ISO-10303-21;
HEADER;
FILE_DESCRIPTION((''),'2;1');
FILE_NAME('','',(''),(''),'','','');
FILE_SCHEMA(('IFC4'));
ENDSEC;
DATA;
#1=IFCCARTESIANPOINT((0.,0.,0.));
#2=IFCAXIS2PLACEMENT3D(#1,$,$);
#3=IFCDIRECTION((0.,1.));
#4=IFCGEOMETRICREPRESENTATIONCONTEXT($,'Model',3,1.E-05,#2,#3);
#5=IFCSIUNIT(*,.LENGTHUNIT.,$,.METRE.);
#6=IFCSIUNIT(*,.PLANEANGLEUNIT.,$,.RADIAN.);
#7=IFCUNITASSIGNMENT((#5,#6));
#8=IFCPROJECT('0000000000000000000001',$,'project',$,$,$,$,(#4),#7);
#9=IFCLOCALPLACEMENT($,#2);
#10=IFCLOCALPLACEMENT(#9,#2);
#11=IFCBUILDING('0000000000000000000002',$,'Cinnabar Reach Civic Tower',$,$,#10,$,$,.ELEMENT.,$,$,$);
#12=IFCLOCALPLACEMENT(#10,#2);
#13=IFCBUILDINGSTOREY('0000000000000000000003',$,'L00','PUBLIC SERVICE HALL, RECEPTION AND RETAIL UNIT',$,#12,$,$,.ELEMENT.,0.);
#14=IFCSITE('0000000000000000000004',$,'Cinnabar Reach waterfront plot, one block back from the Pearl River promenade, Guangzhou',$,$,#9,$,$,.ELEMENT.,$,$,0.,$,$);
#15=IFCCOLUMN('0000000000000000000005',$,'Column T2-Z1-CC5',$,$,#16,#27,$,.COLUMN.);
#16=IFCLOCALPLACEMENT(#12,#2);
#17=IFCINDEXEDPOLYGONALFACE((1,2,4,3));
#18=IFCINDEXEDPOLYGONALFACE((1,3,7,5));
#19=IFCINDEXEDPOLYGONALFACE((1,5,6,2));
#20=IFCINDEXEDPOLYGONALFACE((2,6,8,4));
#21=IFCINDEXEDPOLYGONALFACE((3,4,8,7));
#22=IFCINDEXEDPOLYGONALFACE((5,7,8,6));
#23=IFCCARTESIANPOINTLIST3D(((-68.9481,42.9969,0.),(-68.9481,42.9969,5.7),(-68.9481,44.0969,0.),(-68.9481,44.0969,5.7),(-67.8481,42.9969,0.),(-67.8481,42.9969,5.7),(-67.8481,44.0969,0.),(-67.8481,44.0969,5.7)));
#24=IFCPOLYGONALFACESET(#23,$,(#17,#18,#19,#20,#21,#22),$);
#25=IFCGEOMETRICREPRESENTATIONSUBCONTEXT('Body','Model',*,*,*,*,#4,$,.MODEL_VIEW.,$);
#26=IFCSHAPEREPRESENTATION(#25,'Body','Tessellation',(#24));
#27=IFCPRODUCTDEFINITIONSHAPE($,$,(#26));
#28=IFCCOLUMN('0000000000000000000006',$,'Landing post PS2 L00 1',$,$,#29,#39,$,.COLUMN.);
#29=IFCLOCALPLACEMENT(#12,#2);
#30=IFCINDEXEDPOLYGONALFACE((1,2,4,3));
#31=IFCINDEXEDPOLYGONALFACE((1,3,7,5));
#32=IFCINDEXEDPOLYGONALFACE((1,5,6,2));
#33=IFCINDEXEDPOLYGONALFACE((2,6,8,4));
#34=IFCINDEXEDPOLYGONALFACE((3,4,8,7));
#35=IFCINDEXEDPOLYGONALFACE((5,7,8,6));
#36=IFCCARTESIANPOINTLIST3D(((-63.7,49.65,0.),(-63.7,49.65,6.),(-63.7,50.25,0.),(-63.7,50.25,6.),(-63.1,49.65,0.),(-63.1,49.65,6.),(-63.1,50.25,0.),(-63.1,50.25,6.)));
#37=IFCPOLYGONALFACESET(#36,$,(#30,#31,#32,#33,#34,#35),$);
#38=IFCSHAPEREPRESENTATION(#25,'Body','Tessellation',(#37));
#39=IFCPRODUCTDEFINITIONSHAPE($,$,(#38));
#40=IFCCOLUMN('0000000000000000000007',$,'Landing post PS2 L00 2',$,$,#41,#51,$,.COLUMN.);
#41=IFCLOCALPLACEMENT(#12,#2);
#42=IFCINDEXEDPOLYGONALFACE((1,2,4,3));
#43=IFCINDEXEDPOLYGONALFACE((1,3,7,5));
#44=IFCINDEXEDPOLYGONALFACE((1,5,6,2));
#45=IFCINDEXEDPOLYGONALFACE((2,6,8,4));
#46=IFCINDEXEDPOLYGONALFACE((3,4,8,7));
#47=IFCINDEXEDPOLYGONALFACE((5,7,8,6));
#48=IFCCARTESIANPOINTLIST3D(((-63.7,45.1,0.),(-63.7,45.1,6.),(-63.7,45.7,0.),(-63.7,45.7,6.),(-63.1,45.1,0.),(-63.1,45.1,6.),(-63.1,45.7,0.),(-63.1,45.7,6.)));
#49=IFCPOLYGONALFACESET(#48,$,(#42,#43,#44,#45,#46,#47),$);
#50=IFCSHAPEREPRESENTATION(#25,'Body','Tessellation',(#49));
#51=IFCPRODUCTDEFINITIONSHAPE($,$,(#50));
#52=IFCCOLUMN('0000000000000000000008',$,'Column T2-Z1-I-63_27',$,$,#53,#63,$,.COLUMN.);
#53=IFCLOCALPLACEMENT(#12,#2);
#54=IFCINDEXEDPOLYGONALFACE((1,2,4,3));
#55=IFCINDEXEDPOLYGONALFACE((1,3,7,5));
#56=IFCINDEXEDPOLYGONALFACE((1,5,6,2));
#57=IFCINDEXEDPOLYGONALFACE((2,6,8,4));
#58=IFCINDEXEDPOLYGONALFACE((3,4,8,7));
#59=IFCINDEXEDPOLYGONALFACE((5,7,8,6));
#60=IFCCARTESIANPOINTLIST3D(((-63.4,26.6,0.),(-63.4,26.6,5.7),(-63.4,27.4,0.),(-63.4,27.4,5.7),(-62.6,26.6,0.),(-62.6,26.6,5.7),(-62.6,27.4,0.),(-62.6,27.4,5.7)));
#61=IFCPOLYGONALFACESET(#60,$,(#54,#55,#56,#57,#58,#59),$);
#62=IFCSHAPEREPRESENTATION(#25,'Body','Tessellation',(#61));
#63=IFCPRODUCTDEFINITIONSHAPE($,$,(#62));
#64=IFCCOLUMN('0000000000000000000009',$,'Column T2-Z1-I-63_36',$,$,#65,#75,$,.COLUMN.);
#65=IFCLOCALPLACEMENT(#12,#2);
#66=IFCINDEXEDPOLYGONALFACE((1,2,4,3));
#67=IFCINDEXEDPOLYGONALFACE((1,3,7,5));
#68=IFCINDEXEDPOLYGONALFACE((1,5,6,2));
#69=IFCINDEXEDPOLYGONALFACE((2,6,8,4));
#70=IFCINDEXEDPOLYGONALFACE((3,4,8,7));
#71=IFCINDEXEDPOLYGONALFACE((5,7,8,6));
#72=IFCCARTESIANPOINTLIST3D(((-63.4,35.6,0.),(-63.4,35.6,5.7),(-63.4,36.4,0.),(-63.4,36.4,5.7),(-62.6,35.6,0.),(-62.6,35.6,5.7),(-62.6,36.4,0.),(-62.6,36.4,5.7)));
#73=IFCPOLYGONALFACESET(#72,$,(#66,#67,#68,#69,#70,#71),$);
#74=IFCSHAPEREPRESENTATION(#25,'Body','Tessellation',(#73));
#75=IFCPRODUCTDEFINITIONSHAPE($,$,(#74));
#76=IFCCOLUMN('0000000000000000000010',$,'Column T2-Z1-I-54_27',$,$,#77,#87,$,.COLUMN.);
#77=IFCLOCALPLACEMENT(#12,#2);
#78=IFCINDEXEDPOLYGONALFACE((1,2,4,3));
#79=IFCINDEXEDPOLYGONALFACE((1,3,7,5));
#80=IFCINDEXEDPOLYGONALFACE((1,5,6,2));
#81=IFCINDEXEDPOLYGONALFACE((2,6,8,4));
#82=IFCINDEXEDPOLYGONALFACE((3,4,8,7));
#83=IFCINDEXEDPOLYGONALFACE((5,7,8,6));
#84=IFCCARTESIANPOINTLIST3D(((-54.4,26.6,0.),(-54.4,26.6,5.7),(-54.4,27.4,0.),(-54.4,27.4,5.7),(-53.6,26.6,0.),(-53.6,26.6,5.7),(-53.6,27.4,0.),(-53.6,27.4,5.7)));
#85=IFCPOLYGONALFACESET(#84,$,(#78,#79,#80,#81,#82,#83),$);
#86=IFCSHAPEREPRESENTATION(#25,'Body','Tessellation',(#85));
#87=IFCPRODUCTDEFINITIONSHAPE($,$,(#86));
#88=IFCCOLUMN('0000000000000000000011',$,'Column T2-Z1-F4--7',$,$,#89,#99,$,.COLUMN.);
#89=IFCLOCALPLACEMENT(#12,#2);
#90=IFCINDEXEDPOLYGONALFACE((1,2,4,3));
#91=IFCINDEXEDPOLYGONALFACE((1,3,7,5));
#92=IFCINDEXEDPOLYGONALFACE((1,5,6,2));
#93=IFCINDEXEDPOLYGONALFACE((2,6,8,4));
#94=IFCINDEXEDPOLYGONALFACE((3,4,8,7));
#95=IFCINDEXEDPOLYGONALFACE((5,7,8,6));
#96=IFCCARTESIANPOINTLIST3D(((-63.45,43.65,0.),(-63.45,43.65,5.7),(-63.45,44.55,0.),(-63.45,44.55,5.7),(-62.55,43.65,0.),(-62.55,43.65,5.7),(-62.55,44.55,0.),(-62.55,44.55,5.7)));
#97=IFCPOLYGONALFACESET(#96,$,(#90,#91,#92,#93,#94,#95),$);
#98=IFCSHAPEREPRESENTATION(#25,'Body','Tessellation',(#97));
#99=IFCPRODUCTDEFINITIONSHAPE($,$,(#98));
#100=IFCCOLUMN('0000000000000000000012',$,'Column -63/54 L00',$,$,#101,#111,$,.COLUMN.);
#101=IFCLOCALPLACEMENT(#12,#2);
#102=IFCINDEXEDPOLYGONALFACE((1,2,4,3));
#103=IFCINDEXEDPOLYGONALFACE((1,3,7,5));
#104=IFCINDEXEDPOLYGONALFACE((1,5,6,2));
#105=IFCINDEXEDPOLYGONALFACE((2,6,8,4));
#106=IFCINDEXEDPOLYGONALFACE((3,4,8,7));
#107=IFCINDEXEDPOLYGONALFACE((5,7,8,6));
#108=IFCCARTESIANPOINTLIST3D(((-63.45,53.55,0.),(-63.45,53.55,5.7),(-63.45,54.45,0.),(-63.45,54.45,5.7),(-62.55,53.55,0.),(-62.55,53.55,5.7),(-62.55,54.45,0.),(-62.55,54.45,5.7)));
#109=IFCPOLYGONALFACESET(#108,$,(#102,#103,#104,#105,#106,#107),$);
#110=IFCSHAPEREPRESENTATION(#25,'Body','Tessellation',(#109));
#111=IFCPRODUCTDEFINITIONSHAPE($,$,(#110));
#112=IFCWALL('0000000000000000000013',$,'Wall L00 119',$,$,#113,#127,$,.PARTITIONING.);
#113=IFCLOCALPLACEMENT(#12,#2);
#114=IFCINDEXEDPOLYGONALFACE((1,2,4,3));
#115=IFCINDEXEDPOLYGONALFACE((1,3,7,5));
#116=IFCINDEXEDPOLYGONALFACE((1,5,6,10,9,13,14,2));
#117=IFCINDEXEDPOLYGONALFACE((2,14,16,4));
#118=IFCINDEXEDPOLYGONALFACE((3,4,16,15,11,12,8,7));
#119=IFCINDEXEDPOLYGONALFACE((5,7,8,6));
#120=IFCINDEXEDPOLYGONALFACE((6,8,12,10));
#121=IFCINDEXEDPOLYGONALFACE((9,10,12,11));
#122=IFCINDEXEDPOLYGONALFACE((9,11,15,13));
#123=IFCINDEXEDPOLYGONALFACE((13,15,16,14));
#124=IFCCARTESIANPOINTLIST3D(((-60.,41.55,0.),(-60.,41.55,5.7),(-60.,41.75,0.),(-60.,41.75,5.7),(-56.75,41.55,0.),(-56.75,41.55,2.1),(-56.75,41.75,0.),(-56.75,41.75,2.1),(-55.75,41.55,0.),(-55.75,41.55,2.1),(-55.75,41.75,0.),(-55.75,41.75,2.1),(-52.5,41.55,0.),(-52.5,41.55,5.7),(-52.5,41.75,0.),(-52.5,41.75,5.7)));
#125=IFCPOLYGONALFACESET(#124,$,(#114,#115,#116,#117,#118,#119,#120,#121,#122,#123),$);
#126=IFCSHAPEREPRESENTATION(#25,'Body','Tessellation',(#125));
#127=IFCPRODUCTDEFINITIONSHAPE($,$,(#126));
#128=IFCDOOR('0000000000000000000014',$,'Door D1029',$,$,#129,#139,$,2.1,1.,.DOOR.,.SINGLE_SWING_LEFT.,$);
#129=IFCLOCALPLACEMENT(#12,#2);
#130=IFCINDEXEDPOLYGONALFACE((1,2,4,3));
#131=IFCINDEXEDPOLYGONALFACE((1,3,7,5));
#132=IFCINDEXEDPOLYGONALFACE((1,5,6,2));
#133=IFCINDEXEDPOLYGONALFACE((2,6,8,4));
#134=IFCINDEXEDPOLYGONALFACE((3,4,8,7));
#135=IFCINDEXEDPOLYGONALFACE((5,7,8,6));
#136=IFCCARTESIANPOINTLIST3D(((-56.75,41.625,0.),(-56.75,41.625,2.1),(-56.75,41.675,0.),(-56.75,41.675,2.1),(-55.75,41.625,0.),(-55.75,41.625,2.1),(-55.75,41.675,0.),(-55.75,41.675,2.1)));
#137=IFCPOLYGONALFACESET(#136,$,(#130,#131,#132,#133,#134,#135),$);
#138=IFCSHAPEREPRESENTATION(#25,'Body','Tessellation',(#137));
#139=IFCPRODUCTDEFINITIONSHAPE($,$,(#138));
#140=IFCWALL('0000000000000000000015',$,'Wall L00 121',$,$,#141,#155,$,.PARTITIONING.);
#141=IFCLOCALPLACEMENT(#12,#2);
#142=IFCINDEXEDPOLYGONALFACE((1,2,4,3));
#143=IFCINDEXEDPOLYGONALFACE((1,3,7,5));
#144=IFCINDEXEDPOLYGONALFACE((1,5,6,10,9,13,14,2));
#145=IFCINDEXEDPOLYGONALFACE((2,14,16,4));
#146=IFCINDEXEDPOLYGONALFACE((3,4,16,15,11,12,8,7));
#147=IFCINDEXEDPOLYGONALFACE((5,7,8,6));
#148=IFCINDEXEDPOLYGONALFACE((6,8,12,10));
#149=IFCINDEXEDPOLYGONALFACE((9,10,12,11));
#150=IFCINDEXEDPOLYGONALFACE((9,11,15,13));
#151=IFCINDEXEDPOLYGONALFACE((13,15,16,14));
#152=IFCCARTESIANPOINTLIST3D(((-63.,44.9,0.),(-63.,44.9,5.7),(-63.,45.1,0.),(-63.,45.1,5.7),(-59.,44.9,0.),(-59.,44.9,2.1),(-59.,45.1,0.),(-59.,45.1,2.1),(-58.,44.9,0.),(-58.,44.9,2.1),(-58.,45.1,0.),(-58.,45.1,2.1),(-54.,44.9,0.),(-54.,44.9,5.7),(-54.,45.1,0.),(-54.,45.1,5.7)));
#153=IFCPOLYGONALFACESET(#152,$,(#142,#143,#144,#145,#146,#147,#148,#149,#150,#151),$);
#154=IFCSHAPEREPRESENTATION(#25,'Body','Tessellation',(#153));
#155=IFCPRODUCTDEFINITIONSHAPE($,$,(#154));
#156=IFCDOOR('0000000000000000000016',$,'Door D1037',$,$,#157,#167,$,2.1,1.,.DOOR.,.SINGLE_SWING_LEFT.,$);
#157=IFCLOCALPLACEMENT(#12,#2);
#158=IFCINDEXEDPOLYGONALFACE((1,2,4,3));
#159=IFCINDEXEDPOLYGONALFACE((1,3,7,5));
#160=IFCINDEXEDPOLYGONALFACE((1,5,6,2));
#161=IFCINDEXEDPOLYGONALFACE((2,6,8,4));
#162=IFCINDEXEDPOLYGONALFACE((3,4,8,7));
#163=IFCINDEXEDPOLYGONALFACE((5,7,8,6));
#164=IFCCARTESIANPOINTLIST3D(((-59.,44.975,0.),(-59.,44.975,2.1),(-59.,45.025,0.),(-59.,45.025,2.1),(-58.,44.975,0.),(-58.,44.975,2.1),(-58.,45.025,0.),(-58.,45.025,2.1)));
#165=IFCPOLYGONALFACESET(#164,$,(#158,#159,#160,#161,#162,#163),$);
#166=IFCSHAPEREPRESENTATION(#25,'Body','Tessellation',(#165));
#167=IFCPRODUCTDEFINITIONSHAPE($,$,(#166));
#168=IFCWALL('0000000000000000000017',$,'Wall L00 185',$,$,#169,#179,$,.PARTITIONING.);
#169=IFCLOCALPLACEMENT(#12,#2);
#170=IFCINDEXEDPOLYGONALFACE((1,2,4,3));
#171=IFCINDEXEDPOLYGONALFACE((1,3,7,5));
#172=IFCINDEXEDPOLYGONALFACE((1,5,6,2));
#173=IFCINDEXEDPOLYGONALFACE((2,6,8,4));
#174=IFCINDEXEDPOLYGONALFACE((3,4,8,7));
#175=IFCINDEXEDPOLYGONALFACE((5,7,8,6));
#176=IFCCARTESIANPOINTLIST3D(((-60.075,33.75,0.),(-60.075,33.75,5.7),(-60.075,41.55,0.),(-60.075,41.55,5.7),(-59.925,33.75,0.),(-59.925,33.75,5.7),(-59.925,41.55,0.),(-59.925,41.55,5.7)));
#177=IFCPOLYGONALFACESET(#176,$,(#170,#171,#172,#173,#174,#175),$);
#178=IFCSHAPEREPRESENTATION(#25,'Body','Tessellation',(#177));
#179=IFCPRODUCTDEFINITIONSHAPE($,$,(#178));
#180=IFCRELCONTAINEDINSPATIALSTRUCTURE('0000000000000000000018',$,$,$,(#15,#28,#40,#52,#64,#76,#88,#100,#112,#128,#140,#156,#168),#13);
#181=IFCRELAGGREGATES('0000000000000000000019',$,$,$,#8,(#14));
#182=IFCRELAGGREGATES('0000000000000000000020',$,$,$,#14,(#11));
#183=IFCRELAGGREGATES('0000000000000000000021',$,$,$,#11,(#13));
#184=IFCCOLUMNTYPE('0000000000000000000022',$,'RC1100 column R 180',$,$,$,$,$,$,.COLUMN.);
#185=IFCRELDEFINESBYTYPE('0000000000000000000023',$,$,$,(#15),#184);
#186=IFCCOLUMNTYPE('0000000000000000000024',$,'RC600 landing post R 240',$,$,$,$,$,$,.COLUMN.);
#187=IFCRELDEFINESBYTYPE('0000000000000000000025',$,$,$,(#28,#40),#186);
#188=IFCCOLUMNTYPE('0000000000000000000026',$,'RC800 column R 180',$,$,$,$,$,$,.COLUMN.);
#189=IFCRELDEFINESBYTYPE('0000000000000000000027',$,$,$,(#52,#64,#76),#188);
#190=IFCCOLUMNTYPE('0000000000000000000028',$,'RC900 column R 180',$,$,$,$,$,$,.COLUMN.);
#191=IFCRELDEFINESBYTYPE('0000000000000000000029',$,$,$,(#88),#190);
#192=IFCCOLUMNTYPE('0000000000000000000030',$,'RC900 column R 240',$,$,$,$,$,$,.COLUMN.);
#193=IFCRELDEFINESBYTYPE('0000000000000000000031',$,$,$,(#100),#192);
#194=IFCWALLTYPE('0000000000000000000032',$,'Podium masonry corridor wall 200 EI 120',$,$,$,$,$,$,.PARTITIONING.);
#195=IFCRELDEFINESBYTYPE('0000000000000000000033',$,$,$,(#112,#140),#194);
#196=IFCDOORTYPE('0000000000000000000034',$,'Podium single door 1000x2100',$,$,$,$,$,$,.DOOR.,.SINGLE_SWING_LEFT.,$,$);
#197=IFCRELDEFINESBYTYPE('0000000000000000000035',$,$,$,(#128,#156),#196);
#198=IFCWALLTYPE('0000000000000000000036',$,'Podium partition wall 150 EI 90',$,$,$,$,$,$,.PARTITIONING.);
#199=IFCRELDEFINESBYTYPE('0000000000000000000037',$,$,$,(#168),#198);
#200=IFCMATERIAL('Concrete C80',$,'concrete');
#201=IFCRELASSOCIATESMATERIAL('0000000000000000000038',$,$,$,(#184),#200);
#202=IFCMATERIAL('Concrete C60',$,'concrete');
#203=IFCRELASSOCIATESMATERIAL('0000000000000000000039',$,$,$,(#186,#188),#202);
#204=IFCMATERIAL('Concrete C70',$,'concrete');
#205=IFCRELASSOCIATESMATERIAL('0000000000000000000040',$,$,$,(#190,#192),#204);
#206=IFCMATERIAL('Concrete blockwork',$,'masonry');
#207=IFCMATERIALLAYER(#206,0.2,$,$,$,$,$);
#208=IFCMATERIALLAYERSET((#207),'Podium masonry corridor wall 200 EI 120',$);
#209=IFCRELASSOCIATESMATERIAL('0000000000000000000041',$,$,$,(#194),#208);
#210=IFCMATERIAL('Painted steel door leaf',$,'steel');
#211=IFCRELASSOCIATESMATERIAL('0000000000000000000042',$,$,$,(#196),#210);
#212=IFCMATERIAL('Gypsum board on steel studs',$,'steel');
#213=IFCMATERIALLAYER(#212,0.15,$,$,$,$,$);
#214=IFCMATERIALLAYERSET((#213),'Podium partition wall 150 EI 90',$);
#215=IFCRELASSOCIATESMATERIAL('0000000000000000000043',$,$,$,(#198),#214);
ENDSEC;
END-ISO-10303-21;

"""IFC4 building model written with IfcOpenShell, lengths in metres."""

from ifc_helpers import new_model, si_unit, direction, frame, frame_2d, origin, origin_2d, place, context, subcontext, project, spatial, rectangle, extrude, material, layer, layer_set, material_profile, profile_set, type_object, element, fill, save


model = new_model("IFC4")

# Units and contexts
model_context = context("Model", 3, precision=1e-05, world=origin(), true_north=direction((0.0, 1.0)))
body_context = subcontext(model_context, "Body", "Model", "MODEL_VIEW")
ifc_project = project(units=[si_unit("LENGTHUNIT", "METRE"), si_unit("PLANEANGLEUNIT", "RADIAN")], contexts=[model_context])

# Site, building, storey
site_placement = place(None, origin())
site = spatial("IfcSite", under=ifc_project, at=site_placement, Name="Cinnabar Reach waterfront plot, one block back from the Pearl River promenade, Guangzhou", CompositionType="ELEMENT", RefElevation=0.0)
building_placement = place(site_placement, origin())
building = spatial("IfcBuilding", under=site, at=building_placement, Name="Cinnabar Reach Civic Tower", CompositionType="ELEMENT")
storey_placement = place(building_placement, origin())
storey = spatial("IfcBuildingStorey", under=building, at=storey_placement, Name="L00", Description="PUBLIC SERVICE HALL, RECEPTION AND RETAIL UNIT", CompositionType="ELEMENT", Elevation=0.0)

# Columns
ifc_material_1 = material(Name="Concrete C80", Category="concrete")
ifc_material_profile_1 = material_profile(ifc_material_1, rectangle(XDim=1.1, YDim=1.1, at=origin_2d()), Name="RC1100")
ifc_profile_set_1 = profile_set([ifc_material_profile_1], Name="Concrete C80")
column_type_1 = type_object("IfcColumnType", Name="RC1100 column R 180", PredefinedType="COLUMN", material=ifc_profile_set_1)
column_1_placement = place(storey_placement, frame((-68.3981, 43.5469, 0.0), z_axis=(0.0, 0.0, 1.0), x_axis=(1.0, 0.0, 0.0)))
element("IfcColumn", 1, at=column_1_placement, inside=storey, type_object=column_type_1, Name="Column T2-Z1-CC5", PredefinedType="COLUMN", context=body_context, shape_type="SweptSolid", body=[
    extrude(rectangle(XDim=1.1, YDim=1.1, at=origin_2d()), origin(), (0.0, 0.0, 1.0), 5.7),
])
ifc_material_2 = material(Name="Concrete C60", Category="concrete")
ifc_material_profile_2 = material_profile(ifc_material_2, rectangle(XDim=0.6, YDim=0.6, at=origin_2d()), Name="RC600")
ifc_profile_set_2 = profile_set([ifc_material_profile_2], Name="Concrete C60")
column_type_2 = type_object("IfcColumnType", Name="RC600 landing post R 240", PredefinedType="COLUMN", material=ifc_profile_set_2)
for number, where, z_axis, x_axis, name in (
    (2, (-63.4, 49.95, 0.0), (0.0, 0.0, 1.0), (1.0, 0.0, 0.0), "Landing post PS2 L00 1"),
    (3, (-63.4, 45.4, 0.0), (0.0, 0.0, 1.0), (1.0, 0.0, 0.0), "Landing post PS2 L00 2"),
):
    element("IfcColumn", number, at=place(storey_placement, frame(where, z_axis=z_axis, x_axis=x_axis)), inside=storey, type_object=column_type_2, Name=name, PredefinedType="COLUMN", context=body_context, shape_type="SweptSolid", body=[
        extrude(rectangle(XDim=0.6, YDim=0.6, at=origin_2d()), origin(), (0.0, 0.0, 1.0), 6.0),
    ])
ifc_material_profile_3 = material_profile(ifc_material_2, rectangle(XDim=0.8, YDim=0.8, at=origin_2d()), Name="RC800")
ifc_profile_set_3 = profile_set([ifc_material_profile_3], Name="Concrete C60")
column_type_3 = type_object("IfcColumnType", Name="RC800 column R 180", PredefinedType="COLUMN", material=ifc_profile_set_3)
for number, where, z_axis, x_axis, name in (
    (4, (-63.0, 27.0, 0.0), (0.0, 0.0, 1.0), (1.0, 0.0, 0.0), "Column T2-Z1-I-63_27"),
    (5, (-63.0, 36.0, 0.0), (0.0, 0.0, 1.0), (1.0, 0.0, 0.0), "Column T2-Z1-I-63_36"),
    (6, (-54.0, 27.0, 0.0), (0.0, 0.0, 1.0), (1.0, 0.0, 0.0), "Column T2-Z1-I-54_27"),
):
    element("IfcColumn", number, at=place(storey_placement, frame(where, z_axis=z_axis, x_axis=x_axis)), inside=storey, type_object=column_type_3, Name=name, PredefinedType="COLUMN", context=body_context, shape_type="SweptSolid", body=[
        extrude(rectangle(XDim=0.8, YDim=0.8, at=origin_2d()), origin(), (0.0, 0.0, 1.0), 5.7),
    ])
ifc_material_3 = material(Name="Concrete C70", Category="concrete")
ifc_material_profile_4 = material_profile(ifc_material_3, rectangle(XDim=0.9, YDim=0.9, at=origin_2d()), Name="RC900")
ifc_profile_set_4 = profile_set([ifc_material_profile_4], Name="Concrete C70")
column_type_4 = type_object("IfcColumnType", Name="RC900 column R 180", PredefinedType="COLUMN", material=ifc_profile_set_4)
column_2_placement = place(storey_placement, frame((-63.0, 44.1, 0.0), z_axis=(0.0, 0.0, 1.0), x_axis=(1.0, 0.0, 0.0)))
element("IfcColumn", 7, at=column_2_placement, inside=storey, type_object=column_type_4, Name="Column T2-Z1-F4--7", PredefinedType="COLUMN", context=body_context, shape_type="SweptSolid", body=[
    extrude(rectangle(XDim=0.9, YDim=0.9, at=origin_2d()), origin(), (0.0, 0.0, 1.0), 5.7),
])
ifc_material_profile_5 = material_profile(ifc_material_3, rectangle(XDim=0.9, YDim=0.9, at=origin_2d()), Name="RC900")
ifc_profile_set_5 = profile_set([ifc_material_profile_5], Name="Concrete C70")
column_type_5 = type_object("IfcColumnType", Name="RC900 column R 240", PredefinedType="COLUMN", material=ifc_profile_set_5)
column_3_placement = place(storey_placement, frame((-63.0, 54.0, 0.0), z_axis=(0.0, 0.0, 1.0), x_axis=(1.0, 0.0, 0.0)))
element("IfcColumn", 8, at=column_3_placement, inside=storey, type_object=column_type_5, Name="Column -63/54 L00", PredefinedType="COLUMN", context=body_context, shape_type="SweptSolid", body=[
    extrude(rectangle(XDim=0.9, YDim=0.9, at=origin_2d()), origin(), (0.0, 0.0, 1.0), 5.7),
])

# Walls, openings, doors
ifc_material_4 = material(Name="Concrete blockwork", Category="masonry")
ifc_layer_1 = layer(ifc_material_4, 0.2)
ifc_layer_set_1 = layer_set([ifc_layer_1], Name="Podium masonry corridor wall 200 EI 120")
wall_type_1 = type_object("IfcWallType", Name="Podium masonry corridor wall 200 EI 120", PredefinedType="PARTITIONING", material=ifc_layer_set_1)
wall_1_placement = place(storey_placement, frame((-60.0, 41.65, 0.0), z_axis=(0.0, 0.0, 1.0), x_axis=(1.0, 0.0, 0.0)))
wall_1 = element("IfcWall", 9, at=wall_1_placement, inside=storey, type_object=wall_type_1, Name="Wall L00 119", PredefinedType="PARTITIONING", context=body_context, shape_type="SweptSolid", body=[
    extrude(rectangle(XDim=7.5, YDim=0.2, at=frame_2d((3.75, 0.0))), origin(), (0.0, 0.0, 1.0), 5.7),
])
opening_1_placement = place(wall_1_placement, frame((3.25, 0.0, 0.0)))
opening_1 = element("IfcOpeningElement", 10, at=opening_1_placement, cuts=wall_1, PredefinedType="OPENING", context=body_context, shape_type="SweptSolid", body=[
    extrude(rectangle(XDim=1.0, YDim=2.1, at=frame_2d((0.5, 1.05))), frame((0.0, 0.11, 0.0), z_axis=(0.0, -1.0, 0.0), x_axis=(1.0, 0.0, 0.0)), (0.0, 0.0, 1.0), 0.22),
])
ifc_material_5 = material(Name="Painted steel door leaf", Category="steel")
door_type = type_object("IfcDoorType", Name="Podium single door 1000x2100", OperationType="SINGLE_SWING_LEFT", PredefinedType="DOOR", material=ifc_material_5)
door_1_placement = place(opening_1_placement, frame((1.0, 0.0, 0.0), z_axis=(0.0, 0.0, 1.0), x_axis=(-1.0, 0.0, 0.0)))
door_1 = element("IfcDoor", 11, at=door_1_placement, inside=storey, type_object=door_type, Name="Door D1029", OperationType="SINGLE_SWING_LEFT", OverallHeight=2.1, OverallWidth=1.0, PredefinedType="DOOR", context=body_context, shape_type="SweptSolid", body=[
    extrude(rectangle(XDim=1.0, YDim=2.1, at=frame_2d((0.5, 1.05))), frame((0.0, 0.025, 0.0), z_axis=(0.0, -1.0, 0.0), x_axis=(1.0, 0.0, 0.0)), (0.0, 0.0, 1.0), 0.05),
])
fill(opening_1, door_1)
wall_2_placement = place(storey_placement, frame((-63.0, 45.0, 0.0), z_axis=(0.0, 0.0, 1.0), x_axis=(1.0, 0.0, 0.0)))
wall_2 = element("IfcWall", 12, at=wall_2_placement, inside=storey, type_object=wall_type_1, Name="Wall L00 121", PredefinedType="PARTITIONING", context=body_context, shape_type="SweptSolid", body=[
    extrude(rectangle(XDim=9.0, YDim=0.2, at=frame_2d((4.5, 0.0))), origin(), (0.0, 0.0, 1.0), 5.7),
])
opening_2_placement = place(wall_2_placement, frame((4.0, 0.0, 0.0)))
opening_2 = element("IfcOpeningElement", 13, at=opening_2_placement, cuts=wall_2, PredefinedType="OPENING", context=body_context, shape_type="SweptSolid", body=[
    extrude(rectangle(XDim=1.0, YDim=2.1, at=frame_2d((0.5, 1.05))), frame((0.0, 0.11, 0.0), z_axis=(0.0, -1.0, 0.0), x_axis=(1.0, 0.0, 0.0)), (0.0, 0.0, 1.0), 0.22),
])
door_2_placement = place(opening_2_placement, origin())
door_2 = element("IfcDoor", 14, at=door_2_placement, inside=storey, type_object=door_type, Name="Door D1037", OperationType="SINGLE_SWING_LEFT", OverallHeight=2.1, OverallWidth=1.0, PredefinedType="DOOR", context=body_context, shape_type="SweptSolid", body=[
    extrude(rectangle(XDim=1.0, YDim=2.1, at=frame_2d((0.5, 1.05))), frame((0.0, 0.025, 0.0), z_axis=(0.0, -1.0, 0.0), x_axis=(1.0, 0.0, 0.0)), (0.0, 0.0, 1.0), 0.05),
])
fill(opening_2, door_2)

# Wall
ifc_material_6 = material(Name="Gypsum board on steel studs", Category="steel")
ifc_layer_2 = layer(ifc_material_6, 0.15)
ifc_layer_set_2 = layer_set([ifc_layer_2], Name="Podium partition wall 150 EI 90")
wall_type_2 = type_object("IfcWallType", Name="Podium partition wall 150 EI 90", PredefinedType="PARTITIONING", material=ifc_layer_set_2)
wall_3_placement = place(storey_placement, frame((-60.0, 33.75, 0.0), z_axis=(0.0, 0.0, 1.0), x_axis=(0.0, 1.0, 0.0)))
element("IfcWall", 15, at=wall_3_placement, inside=storey, type_object=wall_type_2, Name="Wall L00 185", PredefinedType="PARTITIONING", context=body_context, shape_type="SweptSolid", body=[
    extrude(rectangle(XDim=7.8, YDim=0.15, at=frame_2d((3.9, 0.0))), origin(), (0.0, 0.0, 1.0), 5.7),
])

save(model, "model.ifc")
